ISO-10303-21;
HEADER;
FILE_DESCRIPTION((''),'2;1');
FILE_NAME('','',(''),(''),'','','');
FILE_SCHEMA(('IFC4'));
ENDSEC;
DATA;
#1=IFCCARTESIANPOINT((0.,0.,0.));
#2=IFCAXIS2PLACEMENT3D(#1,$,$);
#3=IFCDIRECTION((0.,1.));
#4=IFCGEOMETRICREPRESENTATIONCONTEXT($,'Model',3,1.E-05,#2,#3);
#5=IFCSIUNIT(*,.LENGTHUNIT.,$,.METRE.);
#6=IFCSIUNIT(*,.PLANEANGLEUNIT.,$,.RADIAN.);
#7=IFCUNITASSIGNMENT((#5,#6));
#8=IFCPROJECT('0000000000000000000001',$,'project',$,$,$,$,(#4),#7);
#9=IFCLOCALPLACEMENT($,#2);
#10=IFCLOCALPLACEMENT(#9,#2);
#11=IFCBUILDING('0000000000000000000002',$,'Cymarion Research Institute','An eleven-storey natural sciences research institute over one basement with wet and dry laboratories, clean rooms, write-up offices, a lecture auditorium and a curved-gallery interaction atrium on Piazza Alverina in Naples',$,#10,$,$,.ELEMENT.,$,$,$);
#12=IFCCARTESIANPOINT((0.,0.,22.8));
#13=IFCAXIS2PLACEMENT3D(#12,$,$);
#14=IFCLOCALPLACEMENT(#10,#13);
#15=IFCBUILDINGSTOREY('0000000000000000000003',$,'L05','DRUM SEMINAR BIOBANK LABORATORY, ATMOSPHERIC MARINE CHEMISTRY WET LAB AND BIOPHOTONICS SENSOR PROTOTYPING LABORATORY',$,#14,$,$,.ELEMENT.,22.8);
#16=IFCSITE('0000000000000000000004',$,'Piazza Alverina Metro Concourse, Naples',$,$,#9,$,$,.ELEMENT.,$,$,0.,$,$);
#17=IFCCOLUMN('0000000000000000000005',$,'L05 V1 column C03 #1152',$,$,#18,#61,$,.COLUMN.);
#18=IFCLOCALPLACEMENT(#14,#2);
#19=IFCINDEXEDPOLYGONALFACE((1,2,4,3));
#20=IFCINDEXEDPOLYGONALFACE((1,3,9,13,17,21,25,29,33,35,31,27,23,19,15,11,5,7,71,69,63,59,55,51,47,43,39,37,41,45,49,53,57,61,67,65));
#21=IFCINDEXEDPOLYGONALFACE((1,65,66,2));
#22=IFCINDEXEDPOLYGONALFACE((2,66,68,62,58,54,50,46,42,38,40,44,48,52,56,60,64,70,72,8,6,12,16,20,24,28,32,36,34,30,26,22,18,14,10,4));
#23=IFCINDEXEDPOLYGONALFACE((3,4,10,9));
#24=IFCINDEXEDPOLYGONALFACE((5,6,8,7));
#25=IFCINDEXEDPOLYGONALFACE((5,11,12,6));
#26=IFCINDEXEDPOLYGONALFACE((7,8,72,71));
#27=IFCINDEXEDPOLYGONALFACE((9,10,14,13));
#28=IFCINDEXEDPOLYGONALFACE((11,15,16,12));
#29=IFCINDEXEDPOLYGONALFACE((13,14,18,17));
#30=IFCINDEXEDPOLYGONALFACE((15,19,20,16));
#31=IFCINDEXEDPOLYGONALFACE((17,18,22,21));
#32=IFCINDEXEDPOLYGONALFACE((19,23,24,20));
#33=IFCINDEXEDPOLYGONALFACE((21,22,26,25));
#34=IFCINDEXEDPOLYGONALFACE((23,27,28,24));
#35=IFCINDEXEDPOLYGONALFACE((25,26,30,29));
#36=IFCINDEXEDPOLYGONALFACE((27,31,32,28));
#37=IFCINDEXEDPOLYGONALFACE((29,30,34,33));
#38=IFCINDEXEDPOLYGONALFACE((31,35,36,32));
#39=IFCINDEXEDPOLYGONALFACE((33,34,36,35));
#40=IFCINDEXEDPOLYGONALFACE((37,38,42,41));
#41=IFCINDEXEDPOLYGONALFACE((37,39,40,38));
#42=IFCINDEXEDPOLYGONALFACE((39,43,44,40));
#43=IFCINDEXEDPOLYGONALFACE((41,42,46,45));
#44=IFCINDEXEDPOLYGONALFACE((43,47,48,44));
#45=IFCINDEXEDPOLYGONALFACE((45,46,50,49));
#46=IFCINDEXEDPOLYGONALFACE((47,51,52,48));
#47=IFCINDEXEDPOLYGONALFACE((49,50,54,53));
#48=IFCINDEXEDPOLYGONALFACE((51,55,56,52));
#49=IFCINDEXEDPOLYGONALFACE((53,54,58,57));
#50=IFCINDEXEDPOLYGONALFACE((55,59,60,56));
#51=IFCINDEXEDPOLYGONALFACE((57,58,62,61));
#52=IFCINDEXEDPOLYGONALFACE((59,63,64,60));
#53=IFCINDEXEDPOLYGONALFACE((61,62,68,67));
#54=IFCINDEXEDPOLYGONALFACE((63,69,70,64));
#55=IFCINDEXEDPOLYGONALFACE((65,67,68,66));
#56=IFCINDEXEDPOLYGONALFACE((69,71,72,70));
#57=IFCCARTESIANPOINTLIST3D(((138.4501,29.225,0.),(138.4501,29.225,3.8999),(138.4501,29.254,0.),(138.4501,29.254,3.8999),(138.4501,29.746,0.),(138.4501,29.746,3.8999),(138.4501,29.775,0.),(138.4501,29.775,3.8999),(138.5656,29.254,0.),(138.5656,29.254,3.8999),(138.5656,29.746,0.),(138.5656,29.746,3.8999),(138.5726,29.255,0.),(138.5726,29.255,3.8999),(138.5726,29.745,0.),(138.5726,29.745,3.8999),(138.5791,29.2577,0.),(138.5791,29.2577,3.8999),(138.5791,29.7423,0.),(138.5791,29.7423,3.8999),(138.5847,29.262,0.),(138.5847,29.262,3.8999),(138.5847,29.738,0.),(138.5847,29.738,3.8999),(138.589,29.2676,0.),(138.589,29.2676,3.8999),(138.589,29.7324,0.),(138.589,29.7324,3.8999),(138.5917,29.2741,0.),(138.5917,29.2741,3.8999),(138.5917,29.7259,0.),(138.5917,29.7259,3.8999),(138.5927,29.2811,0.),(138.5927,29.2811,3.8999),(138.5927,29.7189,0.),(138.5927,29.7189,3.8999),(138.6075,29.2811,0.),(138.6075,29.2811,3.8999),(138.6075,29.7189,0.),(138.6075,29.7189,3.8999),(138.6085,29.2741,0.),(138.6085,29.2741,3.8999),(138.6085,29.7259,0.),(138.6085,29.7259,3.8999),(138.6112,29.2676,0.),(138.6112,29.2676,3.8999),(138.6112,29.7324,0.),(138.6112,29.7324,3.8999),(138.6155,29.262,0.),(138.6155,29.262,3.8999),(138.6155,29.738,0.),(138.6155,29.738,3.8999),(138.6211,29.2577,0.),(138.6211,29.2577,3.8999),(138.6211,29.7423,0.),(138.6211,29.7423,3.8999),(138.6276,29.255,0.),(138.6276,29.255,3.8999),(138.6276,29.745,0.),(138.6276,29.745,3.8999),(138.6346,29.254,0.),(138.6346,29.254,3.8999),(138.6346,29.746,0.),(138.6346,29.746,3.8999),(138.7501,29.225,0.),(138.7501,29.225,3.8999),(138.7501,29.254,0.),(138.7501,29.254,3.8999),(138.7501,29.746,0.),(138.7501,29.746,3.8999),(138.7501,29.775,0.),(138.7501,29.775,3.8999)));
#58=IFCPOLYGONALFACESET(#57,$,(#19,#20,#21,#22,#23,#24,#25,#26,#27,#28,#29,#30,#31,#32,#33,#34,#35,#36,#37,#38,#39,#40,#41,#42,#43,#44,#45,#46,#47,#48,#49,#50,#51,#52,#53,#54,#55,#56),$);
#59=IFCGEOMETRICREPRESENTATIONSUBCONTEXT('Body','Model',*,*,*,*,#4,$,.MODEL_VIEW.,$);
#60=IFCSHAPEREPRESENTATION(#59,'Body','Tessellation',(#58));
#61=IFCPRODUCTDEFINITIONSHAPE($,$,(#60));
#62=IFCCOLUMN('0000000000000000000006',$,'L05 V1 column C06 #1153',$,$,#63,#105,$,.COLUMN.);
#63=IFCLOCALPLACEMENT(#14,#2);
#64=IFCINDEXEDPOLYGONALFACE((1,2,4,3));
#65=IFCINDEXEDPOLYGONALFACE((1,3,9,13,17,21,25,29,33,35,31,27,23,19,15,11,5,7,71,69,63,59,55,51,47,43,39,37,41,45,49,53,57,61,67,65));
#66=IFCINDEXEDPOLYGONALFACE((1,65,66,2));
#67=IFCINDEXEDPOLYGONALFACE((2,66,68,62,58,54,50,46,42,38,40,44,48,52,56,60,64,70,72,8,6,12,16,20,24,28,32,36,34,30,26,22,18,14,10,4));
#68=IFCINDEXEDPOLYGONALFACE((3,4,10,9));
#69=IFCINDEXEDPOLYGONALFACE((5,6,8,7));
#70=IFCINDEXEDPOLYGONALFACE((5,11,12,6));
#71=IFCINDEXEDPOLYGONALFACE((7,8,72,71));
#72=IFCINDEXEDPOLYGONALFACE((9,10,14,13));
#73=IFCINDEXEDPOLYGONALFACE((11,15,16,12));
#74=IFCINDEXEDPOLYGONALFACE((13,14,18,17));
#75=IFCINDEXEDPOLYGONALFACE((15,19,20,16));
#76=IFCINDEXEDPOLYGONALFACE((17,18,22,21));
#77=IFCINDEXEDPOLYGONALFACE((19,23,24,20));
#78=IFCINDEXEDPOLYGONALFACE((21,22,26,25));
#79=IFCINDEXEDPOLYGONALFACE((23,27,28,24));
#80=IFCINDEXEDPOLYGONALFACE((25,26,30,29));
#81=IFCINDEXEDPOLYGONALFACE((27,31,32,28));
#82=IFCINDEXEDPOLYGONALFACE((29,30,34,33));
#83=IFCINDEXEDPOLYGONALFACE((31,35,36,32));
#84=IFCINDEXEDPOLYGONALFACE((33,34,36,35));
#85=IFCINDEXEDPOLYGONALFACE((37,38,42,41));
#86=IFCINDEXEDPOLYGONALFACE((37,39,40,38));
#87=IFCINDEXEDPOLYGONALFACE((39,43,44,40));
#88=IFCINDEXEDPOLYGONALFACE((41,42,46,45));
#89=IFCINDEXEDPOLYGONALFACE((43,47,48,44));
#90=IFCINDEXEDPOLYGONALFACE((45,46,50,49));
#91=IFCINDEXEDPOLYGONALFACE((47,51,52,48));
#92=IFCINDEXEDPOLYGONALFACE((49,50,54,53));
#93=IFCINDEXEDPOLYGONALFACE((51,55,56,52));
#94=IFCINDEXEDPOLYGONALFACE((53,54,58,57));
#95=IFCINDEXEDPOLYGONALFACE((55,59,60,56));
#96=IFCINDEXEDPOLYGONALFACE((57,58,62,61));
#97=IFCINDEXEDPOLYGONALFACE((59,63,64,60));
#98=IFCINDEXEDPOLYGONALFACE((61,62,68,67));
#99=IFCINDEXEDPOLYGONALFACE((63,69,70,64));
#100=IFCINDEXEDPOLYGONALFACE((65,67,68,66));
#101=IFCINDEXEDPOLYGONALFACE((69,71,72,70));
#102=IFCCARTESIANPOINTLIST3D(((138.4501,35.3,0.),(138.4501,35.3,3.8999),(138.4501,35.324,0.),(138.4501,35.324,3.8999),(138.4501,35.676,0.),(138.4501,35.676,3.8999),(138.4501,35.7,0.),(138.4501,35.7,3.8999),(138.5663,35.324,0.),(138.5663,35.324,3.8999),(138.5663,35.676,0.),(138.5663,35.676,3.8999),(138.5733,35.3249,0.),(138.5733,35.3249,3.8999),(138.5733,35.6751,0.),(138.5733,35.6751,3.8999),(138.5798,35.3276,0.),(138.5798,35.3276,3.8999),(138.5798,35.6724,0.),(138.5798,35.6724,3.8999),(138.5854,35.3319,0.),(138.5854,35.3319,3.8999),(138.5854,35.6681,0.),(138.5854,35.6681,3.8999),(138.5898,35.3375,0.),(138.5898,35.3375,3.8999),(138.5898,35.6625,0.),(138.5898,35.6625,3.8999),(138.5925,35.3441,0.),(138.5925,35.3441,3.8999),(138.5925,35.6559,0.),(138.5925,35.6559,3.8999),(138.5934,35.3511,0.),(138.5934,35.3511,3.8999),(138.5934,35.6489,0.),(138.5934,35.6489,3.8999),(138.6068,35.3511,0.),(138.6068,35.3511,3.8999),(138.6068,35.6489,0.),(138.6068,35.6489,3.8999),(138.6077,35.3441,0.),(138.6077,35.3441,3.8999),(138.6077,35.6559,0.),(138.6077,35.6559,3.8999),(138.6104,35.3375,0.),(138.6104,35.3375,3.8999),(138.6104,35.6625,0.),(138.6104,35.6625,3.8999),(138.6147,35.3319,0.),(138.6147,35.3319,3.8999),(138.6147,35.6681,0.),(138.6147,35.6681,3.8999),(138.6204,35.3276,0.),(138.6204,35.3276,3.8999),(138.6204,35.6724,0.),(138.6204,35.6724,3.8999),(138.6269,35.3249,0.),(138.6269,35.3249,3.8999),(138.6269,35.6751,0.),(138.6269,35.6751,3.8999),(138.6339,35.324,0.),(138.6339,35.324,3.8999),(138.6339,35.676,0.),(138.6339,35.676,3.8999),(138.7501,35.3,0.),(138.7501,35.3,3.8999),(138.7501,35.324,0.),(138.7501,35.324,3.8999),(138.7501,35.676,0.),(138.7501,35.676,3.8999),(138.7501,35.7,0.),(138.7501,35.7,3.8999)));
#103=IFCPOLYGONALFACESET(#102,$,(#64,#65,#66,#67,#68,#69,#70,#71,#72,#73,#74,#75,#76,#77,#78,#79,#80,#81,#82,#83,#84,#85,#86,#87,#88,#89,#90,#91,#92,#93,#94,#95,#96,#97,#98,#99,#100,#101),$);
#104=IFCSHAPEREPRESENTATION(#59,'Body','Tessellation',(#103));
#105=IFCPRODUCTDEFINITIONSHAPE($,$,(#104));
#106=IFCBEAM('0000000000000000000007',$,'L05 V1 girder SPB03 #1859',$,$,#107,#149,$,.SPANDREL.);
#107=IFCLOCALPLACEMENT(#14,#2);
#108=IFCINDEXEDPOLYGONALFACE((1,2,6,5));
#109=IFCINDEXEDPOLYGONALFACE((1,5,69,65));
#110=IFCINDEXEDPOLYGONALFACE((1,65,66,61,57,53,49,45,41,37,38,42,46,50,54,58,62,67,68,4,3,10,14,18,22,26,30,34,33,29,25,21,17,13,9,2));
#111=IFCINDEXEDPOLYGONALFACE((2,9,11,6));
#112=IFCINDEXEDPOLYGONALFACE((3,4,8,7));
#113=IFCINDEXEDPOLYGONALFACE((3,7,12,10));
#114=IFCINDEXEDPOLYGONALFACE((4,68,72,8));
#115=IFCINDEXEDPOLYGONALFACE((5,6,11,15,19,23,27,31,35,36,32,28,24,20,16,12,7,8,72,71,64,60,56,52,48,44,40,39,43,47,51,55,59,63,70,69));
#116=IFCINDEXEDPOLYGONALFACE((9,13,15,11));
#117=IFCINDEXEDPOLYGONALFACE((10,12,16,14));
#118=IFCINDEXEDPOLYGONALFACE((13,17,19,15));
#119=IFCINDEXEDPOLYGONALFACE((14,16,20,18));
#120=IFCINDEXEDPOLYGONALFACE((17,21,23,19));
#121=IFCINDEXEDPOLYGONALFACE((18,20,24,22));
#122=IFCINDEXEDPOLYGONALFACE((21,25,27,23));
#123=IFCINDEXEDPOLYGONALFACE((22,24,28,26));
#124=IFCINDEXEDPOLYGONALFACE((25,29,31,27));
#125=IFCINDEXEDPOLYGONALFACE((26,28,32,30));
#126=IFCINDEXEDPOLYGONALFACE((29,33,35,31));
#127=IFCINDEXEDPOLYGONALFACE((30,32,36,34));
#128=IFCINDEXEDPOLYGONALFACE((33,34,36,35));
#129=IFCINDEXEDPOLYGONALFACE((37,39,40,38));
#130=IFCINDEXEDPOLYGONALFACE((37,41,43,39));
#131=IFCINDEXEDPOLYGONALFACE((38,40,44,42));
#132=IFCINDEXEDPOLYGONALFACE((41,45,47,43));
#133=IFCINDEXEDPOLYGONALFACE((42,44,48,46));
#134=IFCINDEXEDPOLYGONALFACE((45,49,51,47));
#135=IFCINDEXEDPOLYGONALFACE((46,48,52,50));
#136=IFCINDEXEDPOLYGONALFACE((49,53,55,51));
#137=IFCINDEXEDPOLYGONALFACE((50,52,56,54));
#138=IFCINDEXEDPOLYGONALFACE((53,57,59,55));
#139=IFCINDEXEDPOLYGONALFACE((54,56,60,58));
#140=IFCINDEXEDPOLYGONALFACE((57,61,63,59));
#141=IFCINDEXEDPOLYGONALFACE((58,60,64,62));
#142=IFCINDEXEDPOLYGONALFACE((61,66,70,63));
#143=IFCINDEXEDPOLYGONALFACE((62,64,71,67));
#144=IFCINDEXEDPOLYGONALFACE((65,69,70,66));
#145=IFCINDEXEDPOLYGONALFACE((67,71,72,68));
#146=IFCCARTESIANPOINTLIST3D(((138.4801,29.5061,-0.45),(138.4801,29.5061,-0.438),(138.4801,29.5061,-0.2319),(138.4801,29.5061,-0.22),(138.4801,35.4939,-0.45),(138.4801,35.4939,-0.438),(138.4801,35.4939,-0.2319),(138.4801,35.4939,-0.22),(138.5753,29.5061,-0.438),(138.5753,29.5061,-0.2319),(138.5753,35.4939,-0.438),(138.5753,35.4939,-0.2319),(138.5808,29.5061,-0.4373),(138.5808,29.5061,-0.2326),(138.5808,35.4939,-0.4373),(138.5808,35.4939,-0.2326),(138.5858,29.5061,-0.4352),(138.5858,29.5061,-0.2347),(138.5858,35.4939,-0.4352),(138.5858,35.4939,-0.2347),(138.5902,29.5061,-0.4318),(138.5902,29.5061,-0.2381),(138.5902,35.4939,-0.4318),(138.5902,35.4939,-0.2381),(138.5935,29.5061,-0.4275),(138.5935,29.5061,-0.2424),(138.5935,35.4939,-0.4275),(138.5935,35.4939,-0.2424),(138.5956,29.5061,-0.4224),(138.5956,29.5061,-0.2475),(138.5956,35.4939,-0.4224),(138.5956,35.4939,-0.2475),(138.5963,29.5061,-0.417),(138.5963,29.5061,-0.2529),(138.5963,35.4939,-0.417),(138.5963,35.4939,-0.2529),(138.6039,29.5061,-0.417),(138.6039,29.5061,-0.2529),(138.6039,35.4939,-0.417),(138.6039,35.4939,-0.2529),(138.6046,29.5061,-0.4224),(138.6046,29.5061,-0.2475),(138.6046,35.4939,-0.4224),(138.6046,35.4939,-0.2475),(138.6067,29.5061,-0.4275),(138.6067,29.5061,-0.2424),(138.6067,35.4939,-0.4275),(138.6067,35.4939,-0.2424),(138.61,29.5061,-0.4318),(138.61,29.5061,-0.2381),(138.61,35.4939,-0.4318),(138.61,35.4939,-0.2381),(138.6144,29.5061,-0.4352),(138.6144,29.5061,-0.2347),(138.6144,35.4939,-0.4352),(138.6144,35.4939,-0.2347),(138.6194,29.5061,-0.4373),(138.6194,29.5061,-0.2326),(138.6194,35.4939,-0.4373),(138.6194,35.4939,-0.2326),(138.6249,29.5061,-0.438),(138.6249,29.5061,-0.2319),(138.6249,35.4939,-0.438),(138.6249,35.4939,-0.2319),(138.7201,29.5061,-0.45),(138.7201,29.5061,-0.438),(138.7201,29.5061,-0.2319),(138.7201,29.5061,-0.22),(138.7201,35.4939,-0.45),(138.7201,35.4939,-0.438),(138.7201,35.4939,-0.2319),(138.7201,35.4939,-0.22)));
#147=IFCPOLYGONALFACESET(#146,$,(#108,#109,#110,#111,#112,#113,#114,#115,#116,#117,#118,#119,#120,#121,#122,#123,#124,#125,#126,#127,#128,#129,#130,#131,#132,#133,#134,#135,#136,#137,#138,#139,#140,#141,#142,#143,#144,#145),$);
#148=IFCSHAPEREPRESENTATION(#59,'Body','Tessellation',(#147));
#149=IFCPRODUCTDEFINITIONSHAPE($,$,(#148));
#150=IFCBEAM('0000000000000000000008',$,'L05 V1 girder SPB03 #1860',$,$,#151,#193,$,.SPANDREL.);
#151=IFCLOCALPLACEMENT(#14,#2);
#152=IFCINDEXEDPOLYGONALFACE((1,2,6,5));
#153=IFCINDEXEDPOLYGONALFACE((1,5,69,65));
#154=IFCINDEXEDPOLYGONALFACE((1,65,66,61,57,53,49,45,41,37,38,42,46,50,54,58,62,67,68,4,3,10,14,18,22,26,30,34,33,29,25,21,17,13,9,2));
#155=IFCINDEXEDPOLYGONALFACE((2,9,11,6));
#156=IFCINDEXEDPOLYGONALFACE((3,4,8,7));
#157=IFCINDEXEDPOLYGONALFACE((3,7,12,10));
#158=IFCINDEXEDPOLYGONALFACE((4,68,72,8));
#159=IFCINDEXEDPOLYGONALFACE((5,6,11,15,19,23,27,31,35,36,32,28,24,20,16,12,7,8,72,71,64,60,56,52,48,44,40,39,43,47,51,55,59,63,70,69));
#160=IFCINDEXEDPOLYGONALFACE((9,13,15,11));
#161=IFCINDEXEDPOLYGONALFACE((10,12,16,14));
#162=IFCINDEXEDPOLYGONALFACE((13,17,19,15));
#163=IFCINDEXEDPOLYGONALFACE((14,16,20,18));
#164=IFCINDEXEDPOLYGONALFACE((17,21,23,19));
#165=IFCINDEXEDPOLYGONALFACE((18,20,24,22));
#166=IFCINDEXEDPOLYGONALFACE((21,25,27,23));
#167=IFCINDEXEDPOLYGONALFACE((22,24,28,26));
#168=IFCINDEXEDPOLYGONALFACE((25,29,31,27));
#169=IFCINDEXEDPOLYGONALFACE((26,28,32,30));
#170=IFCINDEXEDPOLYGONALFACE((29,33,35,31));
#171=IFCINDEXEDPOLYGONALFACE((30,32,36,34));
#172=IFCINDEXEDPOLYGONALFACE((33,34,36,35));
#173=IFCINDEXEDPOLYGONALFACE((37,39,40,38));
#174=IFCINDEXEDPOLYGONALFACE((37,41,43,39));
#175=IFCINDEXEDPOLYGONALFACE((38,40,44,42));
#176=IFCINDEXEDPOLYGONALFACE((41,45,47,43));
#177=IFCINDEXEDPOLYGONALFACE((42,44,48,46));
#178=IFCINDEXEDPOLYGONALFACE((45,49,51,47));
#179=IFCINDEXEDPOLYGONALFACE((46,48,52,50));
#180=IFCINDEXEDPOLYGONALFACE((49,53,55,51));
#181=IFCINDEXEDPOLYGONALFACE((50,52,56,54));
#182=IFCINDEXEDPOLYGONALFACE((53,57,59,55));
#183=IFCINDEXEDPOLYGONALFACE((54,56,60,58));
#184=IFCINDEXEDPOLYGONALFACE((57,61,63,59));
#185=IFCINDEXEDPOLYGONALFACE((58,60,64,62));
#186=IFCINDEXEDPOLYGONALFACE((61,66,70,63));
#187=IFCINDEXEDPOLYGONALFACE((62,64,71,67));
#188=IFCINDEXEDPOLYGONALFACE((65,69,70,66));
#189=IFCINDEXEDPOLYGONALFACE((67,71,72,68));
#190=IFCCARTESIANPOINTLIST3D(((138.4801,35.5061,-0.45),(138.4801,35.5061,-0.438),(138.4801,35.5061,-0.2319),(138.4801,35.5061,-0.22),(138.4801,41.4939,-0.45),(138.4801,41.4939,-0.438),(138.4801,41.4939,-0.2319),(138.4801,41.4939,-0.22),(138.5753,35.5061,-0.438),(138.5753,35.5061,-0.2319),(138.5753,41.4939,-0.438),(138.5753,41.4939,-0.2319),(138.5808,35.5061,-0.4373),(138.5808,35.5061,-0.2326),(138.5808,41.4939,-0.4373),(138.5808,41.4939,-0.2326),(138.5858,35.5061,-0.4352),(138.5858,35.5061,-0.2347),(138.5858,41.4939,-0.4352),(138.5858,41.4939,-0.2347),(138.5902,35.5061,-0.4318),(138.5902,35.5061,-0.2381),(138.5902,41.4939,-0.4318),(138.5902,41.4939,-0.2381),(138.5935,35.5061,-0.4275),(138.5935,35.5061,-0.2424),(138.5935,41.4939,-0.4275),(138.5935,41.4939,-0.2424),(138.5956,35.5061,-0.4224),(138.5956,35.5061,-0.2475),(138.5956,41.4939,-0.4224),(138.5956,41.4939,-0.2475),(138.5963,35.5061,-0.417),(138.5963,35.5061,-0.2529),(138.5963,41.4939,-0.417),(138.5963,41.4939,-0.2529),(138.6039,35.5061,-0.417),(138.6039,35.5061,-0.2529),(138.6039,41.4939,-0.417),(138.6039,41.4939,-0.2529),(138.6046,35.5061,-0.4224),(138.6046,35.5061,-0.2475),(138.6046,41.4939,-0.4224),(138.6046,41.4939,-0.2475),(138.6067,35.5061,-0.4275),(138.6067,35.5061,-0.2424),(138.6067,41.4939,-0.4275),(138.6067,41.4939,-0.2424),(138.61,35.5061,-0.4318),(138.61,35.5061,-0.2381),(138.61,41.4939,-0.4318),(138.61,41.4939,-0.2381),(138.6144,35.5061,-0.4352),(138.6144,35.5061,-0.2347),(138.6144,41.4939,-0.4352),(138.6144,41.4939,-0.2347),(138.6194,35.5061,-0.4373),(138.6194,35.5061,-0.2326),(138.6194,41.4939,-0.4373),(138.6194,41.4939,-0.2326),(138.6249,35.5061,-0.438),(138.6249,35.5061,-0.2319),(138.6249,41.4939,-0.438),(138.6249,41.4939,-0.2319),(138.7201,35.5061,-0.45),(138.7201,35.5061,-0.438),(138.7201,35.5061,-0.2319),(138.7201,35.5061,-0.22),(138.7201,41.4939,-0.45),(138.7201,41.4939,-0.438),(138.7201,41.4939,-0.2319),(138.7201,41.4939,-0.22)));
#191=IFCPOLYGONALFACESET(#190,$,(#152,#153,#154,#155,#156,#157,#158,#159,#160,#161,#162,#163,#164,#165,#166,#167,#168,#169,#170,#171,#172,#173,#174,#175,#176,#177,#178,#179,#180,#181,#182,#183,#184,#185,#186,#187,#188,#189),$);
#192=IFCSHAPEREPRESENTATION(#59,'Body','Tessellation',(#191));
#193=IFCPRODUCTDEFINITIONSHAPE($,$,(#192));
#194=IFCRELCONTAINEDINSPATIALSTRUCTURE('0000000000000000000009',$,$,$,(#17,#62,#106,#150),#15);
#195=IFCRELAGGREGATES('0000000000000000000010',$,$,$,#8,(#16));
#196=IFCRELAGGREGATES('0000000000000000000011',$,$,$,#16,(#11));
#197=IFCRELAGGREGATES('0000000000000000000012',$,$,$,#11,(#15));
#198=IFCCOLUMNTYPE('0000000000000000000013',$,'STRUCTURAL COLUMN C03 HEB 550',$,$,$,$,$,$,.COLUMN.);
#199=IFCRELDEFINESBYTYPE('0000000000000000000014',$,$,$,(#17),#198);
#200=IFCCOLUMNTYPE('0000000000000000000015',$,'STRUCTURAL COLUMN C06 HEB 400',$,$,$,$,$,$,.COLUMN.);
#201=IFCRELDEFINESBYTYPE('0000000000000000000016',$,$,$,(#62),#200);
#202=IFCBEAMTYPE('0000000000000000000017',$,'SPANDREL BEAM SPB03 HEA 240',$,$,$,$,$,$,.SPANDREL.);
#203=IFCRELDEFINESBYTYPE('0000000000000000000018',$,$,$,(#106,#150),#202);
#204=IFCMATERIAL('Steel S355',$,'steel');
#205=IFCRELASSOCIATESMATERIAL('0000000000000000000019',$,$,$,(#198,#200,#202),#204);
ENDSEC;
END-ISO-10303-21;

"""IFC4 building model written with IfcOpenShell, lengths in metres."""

from ifc_helpers import new_model, si_unit, direction, frame, origin, origin_2d, place, context, subcontext, project, spatial, i_section, extrude, material, material_profile, profile_set, type_object, element, save


model = new_model("IFC4")

# Units and contexts
model_context = context("Model", 3, precision=1e-05, world=origin(), true_north=direction((0.0, 1.0)))
body_context = subcontext(model_context, "Body", "Model", "MODEL_VIEW")
ifc_project = project(units=[si_unit("LENGTHUNIT", "METRE"), si_unit("PLANEANGLEUNIT", "RADIAN")], contexts=[model_context])

# Site, building, storey
site_placement = place(None, origin())
site = spatial("IfcSite", under=ifc_project, at=site_placement, Name="Piazza Alverina Metro Concourse, Naples", CompositionType="ELEMENT", RefElevation=0.0)
building_placement = place(site_placement, origin())
building = spatial("IfcBuilding", under=site, at=building_placement, Name="Cymarion Research Institute", Description="An eleven-storey natural sciences research institute over one basement with wet and dry laboratories, clean rooms, write-up offices, a lecture auditorium and a curved-gallery interaction atrium on Piazza Alverina in Naples", CompositionType="ELEMENT")
storey_placement = place(building_placement, frame((0.0, 0.0, 22.8)))
storey = spatial("IfcBuildingStorey", under=building, at=storey_placement, Name="L05", Description="DRUM SEMINAR BIOBANK LABORATORY, ATMOSPHERIC MARINE CHEMISTRY WET LAB AND BIOPHOTONICS SENSOR PROTOTYPING LABORATORY", CompositionType="ELEMENT", Elevation=22.8)

# Columns
ifc_material_1 = material(Name="Steel S355", Category="steel")
ifc_material_profile_1 = material_profile(ifc_material_1, i_section(OverallWidth=0.3, OverallDepth=0.55, WebThickness=0.0149, FlangeThickness=0.0291, FilletRadius=0.0271, at=origin_2d()), Name="HEB 550")
ifc_profile_set_1 = profile_set([ifc_material_profile_1], Name="Steel S355")
column_type_1 = type_object("IfcColumnType", Name="STRUCTURAL COLUMN C03 HEB 550", PredefinedType="COLUMN", material=ifc_profile_set_1)
column_1_placement = place(storey_placement, frame((138.6001, 29.5, 0.0), z_axis=(0.0, 0.0, 1.0), x_axis=(1.0, 0.0, 0.0)))
element("IfcColumn", 1, at=column_1_placement, inside=storey, type_object=column_type_1, Name="L05 V1 column C03 #1152", PredefinedType="COLUMN", context=body_context, shape_type="SweptSolid", body=[
    extrude(i_section(OverallWidth=0.3, OverallDepth=0.55, WebThickness=0.0149, FlangeThickness=0.0291, FilletRadius=0.0271, at=origin_2d()), origin(), (0.0, 0.0, 1.0), 3.8999),
])
ifc_material_profile_2 = material_profile(ifc_material_1, i_section(OverallWidth=0.3, OverallDepth=0.3999, WebThickness=0.0134, FlangeThickness=0.0239, FilletRadius=0.0271, at=origin_2d()), Name="HEB 400")
ifc_profile_set_2 = profile_set([ifc_material_profile_2], Name="Steel S355")
column_type_2 = type_object("IfcColumnType", Name="STRUCTURAL COLUMN C06 HEB 400", PredefinedType="COLUMN", material=ifc_profile_set_2)
column_2_placement = place(storey_placement, frame((138.6001, 35.5, 0.0), z_axis=(0.0, 0.0, 1.0), x_axis=(1.0, 0.0, 0.0)))
element("IfcColumn", 2, at=column_2_placement, inside=storey, type_object=column_type_2, Name="L05 V1 column C06 #1153", PredefinedType="COLUMN", context=body_context, shape_type="SweptSolid", body=[
    extrude(i_section(OverallWidth=0.3, OverallDepth=0.3999, WebThickness=0.0134, FlangeThickness=0.0239, FilletRadius=0.0271, at=origin_2d()), origin(), (0.0, 0.0, 1.0), 3.8999),
])

# Beams
ifc_material_profile_3 = material_profile(ifc_material_1, i_section(OverallWidth=0.24, OverallDepth=0.23, WebThickness=0.0076, FlangeThickness=0.012, FilletRadius=0.021, at=origin_2d()), Name="HEA 240")
ifc_profile_set_3 = profile_set([ifc_material_profile_3], Name="Steel S355")
beam_type = type_object("IfcBeamType", Name="SPANDREL BEAM SPB03 HEA 240", PredefinedType="SPANDREL", material=ifc_profile_set_3)
for number, where, z_axis, x_axis, name in (
    (3, (138.6001, 29.5061, -0.335), (0.0, 1.0, 0.0), (-1.0, 0.0, 0.0), "L05 V1 girder SPB03 #1859"),
    (4, (138.6001, 35.5061, -0.335), (0.0, 1.0, 0.0), (-1.0, 0.0, 0.0), "L05 V1 girder SPB03 #1860"),
):
    element("IfcBeam", number, at=place(storey_placement, frame(where, z_axis=z_axis, x_axis=x_axis)), inside=storey, type_object=beam_type, Name=name, PredefinedType="SPANDREL", context=body_context, shape_type="SweptSolid", body=[
        extrude(i_section(OverallWidth=0.24, OverallDepth=0.23, WebThickness=0.0076, FlangeThickness=0.012, FilletRadius=0.021, at=origin_2d()), origin(), (0.0, 0.0, 1.0), 5.9878),
    ])

save(model, "model.ifc")
